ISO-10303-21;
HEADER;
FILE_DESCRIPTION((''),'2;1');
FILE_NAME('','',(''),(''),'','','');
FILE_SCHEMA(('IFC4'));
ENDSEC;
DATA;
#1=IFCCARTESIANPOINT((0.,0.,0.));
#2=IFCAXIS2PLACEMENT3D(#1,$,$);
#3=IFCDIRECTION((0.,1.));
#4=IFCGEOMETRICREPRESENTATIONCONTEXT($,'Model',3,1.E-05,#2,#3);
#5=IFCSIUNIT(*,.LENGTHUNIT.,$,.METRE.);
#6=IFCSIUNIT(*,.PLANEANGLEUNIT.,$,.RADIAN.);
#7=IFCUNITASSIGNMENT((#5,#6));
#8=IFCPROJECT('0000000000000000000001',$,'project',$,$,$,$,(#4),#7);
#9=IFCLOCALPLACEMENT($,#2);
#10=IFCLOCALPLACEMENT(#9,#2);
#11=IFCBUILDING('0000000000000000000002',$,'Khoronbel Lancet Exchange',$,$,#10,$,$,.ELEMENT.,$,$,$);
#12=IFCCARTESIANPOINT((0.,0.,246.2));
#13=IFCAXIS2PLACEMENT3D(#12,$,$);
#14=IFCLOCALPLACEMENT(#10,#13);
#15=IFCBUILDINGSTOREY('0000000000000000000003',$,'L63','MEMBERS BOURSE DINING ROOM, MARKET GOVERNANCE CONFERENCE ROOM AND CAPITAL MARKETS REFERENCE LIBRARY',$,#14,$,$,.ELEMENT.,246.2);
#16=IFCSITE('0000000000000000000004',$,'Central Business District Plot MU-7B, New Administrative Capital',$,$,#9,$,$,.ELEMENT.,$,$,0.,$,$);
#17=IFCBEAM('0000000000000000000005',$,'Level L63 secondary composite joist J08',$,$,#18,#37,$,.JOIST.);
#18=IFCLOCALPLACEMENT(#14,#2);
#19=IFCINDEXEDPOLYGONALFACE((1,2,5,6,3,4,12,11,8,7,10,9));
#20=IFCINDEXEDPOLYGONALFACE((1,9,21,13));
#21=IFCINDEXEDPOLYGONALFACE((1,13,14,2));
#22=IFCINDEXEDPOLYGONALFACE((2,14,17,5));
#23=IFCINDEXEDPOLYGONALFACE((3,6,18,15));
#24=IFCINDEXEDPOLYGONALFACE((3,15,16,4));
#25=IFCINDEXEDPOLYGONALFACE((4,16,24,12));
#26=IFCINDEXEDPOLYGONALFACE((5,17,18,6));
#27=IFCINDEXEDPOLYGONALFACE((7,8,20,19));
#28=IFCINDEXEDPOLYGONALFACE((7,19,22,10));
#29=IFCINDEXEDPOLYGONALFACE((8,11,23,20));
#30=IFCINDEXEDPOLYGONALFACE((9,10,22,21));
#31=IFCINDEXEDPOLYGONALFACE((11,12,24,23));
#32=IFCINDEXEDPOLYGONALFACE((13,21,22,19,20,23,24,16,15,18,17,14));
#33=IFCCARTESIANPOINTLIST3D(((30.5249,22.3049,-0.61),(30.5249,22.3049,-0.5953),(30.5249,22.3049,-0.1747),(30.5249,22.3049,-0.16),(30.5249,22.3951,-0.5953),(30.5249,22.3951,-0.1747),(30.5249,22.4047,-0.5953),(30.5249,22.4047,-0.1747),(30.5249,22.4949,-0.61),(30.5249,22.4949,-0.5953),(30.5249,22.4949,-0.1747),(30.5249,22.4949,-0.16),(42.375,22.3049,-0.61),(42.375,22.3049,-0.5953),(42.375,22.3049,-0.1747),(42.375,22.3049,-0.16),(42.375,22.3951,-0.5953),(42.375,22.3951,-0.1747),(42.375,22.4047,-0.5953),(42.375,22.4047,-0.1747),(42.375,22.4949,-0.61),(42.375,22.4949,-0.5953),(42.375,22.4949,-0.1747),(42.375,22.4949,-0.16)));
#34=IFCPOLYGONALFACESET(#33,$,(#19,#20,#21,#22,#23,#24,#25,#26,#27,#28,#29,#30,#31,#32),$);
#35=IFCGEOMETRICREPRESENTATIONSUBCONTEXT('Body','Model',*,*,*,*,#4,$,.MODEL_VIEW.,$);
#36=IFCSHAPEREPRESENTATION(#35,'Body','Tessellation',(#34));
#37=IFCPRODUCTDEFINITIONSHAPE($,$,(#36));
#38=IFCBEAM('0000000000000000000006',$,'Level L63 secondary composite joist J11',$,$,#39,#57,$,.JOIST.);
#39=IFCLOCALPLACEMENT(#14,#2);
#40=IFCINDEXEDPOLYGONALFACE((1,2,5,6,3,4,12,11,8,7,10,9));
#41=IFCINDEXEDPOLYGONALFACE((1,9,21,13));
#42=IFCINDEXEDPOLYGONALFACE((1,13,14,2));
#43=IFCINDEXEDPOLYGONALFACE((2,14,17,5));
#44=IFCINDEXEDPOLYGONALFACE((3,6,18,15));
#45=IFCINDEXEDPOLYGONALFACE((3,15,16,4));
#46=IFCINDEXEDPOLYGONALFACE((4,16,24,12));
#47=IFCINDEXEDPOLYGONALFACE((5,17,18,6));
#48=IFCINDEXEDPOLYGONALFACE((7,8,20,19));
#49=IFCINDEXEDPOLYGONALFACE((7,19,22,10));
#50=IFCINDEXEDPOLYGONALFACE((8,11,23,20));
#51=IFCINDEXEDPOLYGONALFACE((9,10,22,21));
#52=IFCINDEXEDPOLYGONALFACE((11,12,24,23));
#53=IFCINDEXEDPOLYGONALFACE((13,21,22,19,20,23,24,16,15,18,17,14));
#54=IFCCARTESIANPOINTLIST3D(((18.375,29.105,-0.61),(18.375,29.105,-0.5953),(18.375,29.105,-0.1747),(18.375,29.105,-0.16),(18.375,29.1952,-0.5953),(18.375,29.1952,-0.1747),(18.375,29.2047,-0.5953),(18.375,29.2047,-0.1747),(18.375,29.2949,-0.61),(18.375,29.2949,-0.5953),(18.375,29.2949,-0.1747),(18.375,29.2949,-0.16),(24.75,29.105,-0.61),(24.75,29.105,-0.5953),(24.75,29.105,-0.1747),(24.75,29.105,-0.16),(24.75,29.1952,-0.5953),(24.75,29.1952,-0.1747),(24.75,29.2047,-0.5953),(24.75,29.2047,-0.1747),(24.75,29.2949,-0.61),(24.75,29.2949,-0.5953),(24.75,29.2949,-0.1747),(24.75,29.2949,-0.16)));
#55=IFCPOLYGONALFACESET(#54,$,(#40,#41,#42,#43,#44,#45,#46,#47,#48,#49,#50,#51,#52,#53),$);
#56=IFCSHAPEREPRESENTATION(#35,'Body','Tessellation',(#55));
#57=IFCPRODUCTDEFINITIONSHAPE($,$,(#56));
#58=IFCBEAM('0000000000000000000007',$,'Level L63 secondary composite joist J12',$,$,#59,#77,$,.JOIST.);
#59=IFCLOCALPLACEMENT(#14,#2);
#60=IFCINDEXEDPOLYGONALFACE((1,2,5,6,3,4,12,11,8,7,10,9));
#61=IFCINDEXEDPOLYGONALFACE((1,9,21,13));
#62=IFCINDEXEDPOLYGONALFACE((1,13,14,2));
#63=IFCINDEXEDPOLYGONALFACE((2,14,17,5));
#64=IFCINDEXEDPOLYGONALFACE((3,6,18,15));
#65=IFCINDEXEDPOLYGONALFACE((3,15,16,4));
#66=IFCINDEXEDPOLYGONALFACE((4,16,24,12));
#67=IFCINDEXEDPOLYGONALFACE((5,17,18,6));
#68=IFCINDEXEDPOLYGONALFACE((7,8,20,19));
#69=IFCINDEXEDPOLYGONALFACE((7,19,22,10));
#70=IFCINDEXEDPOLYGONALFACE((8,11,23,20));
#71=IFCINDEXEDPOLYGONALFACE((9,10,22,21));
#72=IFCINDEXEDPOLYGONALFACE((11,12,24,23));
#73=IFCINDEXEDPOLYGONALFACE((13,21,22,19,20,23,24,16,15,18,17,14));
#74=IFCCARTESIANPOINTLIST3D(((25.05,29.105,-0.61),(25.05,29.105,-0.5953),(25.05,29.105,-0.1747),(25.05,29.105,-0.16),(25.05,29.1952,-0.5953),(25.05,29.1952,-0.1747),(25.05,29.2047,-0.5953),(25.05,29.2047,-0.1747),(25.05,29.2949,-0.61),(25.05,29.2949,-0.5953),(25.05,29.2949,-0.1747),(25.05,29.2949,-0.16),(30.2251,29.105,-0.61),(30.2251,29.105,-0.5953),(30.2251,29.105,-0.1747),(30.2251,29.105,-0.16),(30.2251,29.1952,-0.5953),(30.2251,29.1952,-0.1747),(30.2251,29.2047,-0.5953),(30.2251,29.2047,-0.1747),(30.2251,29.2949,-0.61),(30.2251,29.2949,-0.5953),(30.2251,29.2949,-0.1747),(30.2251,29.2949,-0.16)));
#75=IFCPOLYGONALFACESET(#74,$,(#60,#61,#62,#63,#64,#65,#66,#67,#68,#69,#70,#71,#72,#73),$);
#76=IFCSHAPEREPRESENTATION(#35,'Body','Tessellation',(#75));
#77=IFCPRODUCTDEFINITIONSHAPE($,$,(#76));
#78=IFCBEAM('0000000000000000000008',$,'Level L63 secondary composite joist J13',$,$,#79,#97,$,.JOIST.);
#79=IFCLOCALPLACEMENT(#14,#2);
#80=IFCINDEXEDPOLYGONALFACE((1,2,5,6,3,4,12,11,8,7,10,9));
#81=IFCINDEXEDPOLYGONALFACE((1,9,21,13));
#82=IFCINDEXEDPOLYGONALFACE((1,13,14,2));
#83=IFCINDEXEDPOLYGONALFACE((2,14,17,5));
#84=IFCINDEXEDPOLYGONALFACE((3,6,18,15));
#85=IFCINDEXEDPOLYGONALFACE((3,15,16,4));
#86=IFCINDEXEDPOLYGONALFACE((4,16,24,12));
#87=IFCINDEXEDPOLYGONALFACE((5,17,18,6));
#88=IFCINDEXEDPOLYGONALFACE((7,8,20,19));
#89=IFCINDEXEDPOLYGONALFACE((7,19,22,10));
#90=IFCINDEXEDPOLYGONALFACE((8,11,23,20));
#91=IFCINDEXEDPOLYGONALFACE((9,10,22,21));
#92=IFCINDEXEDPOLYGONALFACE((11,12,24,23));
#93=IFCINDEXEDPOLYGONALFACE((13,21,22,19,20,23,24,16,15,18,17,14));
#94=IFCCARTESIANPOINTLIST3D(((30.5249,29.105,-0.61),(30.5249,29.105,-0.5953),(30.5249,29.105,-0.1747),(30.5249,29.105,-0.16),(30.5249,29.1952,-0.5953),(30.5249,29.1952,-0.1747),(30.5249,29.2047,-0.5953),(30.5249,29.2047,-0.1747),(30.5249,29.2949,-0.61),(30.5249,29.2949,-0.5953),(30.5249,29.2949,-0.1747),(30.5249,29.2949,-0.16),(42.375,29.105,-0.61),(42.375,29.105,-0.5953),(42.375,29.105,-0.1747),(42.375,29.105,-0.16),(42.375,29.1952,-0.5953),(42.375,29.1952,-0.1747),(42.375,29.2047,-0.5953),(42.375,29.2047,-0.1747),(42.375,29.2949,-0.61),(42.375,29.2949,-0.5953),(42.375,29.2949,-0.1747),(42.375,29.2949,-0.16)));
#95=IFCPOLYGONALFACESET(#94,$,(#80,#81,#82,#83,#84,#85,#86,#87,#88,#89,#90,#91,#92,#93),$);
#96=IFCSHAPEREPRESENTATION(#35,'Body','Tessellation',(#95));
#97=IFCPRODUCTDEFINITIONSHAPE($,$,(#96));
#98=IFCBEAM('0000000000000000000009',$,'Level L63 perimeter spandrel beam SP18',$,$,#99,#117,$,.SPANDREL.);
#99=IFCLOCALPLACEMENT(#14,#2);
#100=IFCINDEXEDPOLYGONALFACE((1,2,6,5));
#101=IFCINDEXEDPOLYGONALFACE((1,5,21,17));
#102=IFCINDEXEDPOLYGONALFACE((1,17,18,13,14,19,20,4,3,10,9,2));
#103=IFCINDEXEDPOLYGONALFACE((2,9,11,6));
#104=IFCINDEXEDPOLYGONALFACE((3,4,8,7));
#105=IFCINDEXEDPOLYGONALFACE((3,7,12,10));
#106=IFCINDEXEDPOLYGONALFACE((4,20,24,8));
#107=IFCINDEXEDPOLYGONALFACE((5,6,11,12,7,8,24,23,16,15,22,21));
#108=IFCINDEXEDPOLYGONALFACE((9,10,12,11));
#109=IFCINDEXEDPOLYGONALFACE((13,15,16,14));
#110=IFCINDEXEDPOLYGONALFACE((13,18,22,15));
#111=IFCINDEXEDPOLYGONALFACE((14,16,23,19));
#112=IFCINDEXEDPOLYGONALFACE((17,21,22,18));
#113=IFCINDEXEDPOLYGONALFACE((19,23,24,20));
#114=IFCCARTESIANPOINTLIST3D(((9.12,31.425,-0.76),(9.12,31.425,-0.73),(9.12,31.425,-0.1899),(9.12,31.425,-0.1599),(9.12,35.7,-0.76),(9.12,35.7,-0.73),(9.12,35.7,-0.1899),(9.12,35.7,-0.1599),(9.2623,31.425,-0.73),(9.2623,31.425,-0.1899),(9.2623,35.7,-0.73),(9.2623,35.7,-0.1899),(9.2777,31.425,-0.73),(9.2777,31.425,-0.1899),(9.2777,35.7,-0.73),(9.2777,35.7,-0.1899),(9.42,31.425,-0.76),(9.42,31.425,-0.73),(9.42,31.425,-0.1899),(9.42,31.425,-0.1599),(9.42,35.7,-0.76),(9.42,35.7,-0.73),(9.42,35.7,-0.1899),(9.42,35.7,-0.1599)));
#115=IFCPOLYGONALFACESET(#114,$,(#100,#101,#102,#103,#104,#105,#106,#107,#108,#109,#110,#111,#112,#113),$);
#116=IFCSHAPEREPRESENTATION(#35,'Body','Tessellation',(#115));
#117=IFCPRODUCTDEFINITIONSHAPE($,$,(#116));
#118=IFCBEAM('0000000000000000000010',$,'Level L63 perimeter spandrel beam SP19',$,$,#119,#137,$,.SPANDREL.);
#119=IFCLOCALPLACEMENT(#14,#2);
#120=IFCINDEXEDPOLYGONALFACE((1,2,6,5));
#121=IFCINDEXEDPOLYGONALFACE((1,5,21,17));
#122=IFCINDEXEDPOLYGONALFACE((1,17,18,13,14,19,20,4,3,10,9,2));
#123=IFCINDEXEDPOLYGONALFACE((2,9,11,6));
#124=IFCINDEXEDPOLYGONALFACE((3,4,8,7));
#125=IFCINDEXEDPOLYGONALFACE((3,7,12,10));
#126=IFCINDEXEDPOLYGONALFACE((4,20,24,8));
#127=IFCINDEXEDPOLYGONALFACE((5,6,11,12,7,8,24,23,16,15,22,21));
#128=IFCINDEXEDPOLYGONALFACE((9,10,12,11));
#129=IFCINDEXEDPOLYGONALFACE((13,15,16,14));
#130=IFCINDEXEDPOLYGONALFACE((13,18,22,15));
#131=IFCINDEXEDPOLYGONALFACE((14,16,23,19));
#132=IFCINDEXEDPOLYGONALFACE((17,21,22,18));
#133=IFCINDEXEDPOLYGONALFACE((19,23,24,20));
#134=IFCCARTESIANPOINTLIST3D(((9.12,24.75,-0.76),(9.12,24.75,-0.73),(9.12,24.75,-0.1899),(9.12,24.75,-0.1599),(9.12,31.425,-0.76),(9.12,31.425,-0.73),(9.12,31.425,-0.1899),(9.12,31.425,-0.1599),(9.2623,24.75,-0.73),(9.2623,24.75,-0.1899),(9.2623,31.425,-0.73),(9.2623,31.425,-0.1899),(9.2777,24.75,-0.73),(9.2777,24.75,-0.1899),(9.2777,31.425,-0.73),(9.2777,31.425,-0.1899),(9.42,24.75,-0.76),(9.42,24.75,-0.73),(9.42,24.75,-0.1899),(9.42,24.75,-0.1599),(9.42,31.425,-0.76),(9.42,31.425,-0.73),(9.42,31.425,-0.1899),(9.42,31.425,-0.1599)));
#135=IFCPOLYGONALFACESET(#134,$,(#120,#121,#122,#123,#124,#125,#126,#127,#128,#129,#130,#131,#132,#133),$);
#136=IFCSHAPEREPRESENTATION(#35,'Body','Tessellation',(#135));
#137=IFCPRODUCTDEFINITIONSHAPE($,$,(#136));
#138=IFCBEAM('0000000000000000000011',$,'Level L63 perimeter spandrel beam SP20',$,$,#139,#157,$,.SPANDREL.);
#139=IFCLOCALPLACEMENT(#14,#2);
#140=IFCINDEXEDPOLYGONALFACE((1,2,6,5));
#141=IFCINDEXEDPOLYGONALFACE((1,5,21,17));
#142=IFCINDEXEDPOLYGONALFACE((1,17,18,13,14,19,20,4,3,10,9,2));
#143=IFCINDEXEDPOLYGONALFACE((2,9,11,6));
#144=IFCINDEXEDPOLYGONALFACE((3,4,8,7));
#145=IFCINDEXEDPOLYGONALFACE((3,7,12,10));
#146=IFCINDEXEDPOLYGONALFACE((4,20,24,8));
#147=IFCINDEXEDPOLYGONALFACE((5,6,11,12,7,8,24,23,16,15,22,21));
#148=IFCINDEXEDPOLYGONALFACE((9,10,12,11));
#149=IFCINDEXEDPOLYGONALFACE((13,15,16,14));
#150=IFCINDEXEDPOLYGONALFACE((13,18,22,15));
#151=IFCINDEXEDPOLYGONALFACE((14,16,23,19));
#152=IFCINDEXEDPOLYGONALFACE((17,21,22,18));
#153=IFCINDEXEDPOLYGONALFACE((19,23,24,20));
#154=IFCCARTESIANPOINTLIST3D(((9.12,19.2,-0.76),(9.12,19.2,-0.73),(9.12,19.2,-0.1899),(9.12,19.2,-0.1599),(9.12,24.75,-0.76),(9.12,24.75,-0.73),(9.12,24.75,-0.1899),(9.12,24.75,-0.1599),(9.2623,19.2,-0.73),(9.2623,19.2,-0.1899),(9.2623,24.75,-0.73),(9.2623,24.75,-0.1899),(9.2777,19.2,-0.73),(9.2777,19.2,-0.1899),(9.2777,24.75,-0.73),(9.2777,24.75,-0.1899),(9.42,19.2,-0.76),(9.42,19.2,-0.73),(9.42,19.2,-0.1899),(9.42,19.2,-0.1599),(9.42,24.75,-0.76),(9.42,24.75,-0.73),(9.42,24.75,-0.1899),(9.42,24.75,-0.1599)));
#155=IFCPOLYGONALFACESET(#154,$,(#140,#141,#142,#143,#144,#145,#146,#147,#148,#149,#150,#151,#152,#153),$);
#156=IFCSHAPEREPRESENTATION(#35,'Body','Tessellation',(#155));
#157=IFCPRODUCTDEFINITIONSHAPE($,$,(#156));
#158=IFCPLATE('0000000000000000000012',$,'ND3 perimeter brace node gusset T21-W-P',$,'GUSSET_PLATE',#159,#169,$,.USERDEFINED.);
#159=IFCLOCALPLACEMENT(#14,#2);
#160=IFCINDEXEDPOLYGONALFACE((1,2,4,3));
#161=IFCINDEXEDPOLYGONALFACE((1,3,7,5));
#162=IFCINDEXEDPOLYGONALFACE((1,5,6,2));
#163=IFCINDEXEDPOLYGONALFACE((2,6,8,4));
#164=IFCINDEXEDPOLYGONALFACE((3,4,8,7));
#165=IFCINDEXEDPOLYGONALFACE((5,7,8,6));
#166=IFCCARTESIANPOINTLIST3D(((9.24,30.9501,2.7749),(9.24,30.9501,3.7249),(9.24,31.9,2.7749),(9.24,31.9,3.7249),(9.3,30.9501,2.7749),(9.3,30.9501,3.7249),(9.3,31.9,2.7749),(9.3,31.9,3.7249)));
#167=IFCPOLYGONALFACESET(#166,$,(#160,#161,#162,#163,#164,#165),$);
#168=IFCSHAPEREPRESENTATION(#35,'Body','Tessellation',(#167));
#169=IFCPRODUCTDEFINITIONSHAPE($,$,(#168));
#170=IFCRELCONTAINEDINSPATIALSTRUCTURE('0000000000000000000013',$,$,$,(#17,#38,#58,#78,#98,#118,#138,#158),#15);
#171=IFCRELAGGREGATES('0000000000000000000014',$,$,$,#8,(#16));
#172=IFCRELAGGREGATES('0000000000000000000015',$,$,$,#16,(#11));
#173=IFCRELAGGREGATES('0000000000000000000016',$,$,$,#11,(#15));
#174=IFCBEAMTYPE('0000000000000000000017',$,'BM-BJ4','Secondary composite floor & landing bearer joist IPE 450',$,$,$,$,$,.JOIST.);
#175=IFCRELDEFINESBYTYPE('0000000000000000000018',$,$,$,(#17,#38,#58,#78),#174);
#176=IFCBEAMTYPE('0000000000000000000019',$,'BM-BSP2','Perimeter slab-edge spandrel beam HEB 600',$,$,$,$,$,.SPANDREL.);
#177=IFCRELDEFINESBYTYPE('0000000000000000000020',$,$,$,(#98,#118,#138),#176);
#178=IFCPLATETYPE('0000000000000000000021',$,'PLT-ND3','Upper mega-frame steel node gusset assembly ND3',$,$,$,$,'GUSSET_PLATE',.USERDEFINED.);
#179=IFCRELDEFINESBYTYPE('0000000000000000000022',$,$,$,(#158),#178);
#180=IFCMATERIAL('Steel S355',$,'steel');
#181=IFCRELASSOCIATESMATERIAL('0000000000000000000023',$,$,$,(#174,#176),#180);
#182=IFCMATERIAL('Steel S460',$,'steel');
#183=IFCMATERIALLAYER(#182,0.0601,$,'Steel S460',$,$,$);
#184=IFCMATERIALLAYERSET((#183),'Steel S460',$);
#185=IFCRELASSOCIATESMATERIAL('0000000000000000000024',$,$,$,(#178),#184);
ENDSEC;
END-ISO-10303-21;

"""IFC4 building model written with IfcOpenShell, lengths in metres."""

from ifc_helpers import new_model, si_unit, direction, frame, origin, origin_2d, place, context, subcontext, project, spatial, rectangle, i_section, extrude, material, layer, layer_set, material_profile, profile_set, type_object, element, save


model = new_model("IFC4")

# Units and contexts
model_context = context("Model", 3, precision=1e-05, world=origin(), true_north=direction((0.0, 1.0)))
body_context = subcontext(model_context, "Body", "Model", "MODEL_VIEW")
ifc_project = project(units=[si_unit("LENGTHUNIT", "METRE"), si_unit("PLANEANGLEUNIT", "RADIAN")], contexts=[model_context])

# Site, building, storey
site_placement = place(None, origin())
site = spatial("IfcSite", under=ifc_project, at=site_placement, Name="Central Business District Plot MU-7B, New Administrative Capital", CompositionType="ELEMENT", RefElevation=0.0)
building_placement = place(site_placement, origin())
building = spatial("IfcBuilding", under=site, at=building_placement, Name="Khoronbel Lancet Exchange", CompositionType="ELEMENT")
storey_placement = place(building_placement, frame((0.0, 0.0, 246.2)))
storey = spatial("IfcBuildingStorey", under=building, at=storey_placement, Name="L63", Description="MEMBERS BOURSE DINING ROOM, MARKET GOVERNANCE CONFERENCE ROOM AND CAPITAL MARKETS REFERENCE LIBRARY", CompositionType="ELEMENT", Elevation=246.2)

# Shared definitions
ifc_material_1 = material(Name="Steel S355", Category="steel")

# Beams
ifc_material_profile_1 = material_profile(ifc_material_1, i_section(OverallWidth=0.1899, OverallDepth=0.45, WebThickness=0.0095, FlangeThickness=0.0146, at=origin_2d()), Name="IPE 450")
ifc_profile_set_1 = profile_set([ifc_material_profile_1], Name="Steel S355")
beam_type_1 = type_object("IfcBeamType", Name="BM-BJ4", Description="Secondary composite floor & landing bearer joist IPE 450", PredefinedType="JOIST", material=ifc_profile_set_1)
beam_1_placement = place(storey_placement, frame((30.5249, 22.3999, -0.385), z_axis=(1.0, 0.0, 0.0), x_axis=(0.0, 1.0, 0.0)))
element("IfcBeam", 1, at=beam_1_placement, inside=storey, type_object=beam_type_1, Name="Level L63 secondary composite joist J08", PredefinedType="JOIST", context=body_context, shape_type="SweptSolid", body=[
    extrude(i_section(OverallWidth=0.1899, OverallDepth=0.45, WebThickness=0.0095, FlangeThickness=0.0146, at=origin_2d()), origin(), (0.0, 0.0, 1.0), 11.8501),
])
beam_2_placement = place(storey_placement, frame((18.375, 29.2, -0.385), z_axis=(1.0, 0.0, 0.0), x_axis=(0.0, 1.0, 0.0)))
element("IfcBeam", 2, at=beam_2_placement, inside=storey, type_object=beam_type_1, Name="Level L63 secondary composite joist J11", PredefinedType="JOIST", context=body_context, shape_type="SweptSolid", body=[
    extrude(i_section(OverallWidth=0.1899, OverallDepth=0.45, WebThickness=0.0095, FlangeThickness=0.0146, at=origin_2d()), origin(), (0.0, 0.0, 1.0), 6.375),
])
beam_3_placement = place(storey_placement, frame((25.05, 29.2, -0.385), z_axis=(1.0, 0.0, 0.0), x_axis=(0.0, 1.0, 0.0)))
element("IfcBeam", 3, at=beam_3_placement, inside=storey, type_object=beam_type_1, Name="Level L63 secondary composite joist J12", PredefinedType="JOIST", context=body_context, shape_type="SweptSolid", body=[
    extrude(i_section(OverallWidth=0.1899, OverallDepth=0.45, WebThickness=0.0095, FlangeThickness=0.0146, at=origin_2d()), origin(), (0.0, 0.0, 1.0), 5.175),
])
beam_4_placement = place(storey_placement, frame((30.5249, 29.2, -0.385), z_axis=(1.0, 0.0, 0.0), x_axis=(0.0, 1.0, 0.0)))
element("IfcBeam", 4, at=beam_4_placement, inside=storey, type_object=beam_type_1, Name="Level L63 secondary composite joist J13", PredefinedType="JOIST", context=body_context, shape_type="SweptSolid", body=[
    extrude(i_section(OverallWidth=0.1899, OverallDepth=0.45, WebThickness=0.0095, FlangeThickness=0.0146, at=origin_2d()), origin(), (0.0, 0.0, 1.0), 11.8501),
])
ifc_material_profile_2 = material_profile(ifc_material_1, i_section(OverallWidth=0.3, OverallDepth=0.6001, WebThickness=0.0154, FlangeThickness=0.03, at=origin_2d()), Name="HEB 600")
ifc_profile_set_2 = profile_set([ifc_material_profile_2], Name="Steel S355")
beam_type_2 = type_object("IfcBeamType", Name="BM-BSP2", Description="Perimeter slab-edge spandrel beam HEB 600", PredefinedType="SPANDREL", material=ifc_profile_set_2)
beam_5_placement = place(storey_placement, frame((9.27, 35.7, -0.46), z_axis=(0.0, -1.0, 0.0), x_axis=(1.0, 0.0, 0.0)))
element("IfcBeam", 5, at=beam_5_placement, inside=storey, type_object=beam_type_2, Name="Level L63 perimeter spandrel beam SP18", PredefinedType="SPANDREL", context=body_context, shape_type="SweptSolid", body=[
    extrude(i_section(OverallWidth=0.3, OverallDepth=0.6001, WebThickness=0.0154, FlangeThickness=0.03, at=origin_2d()), origin(), (0.0, 0.0, 1.0), 4.2749),
])
beam_6_placement = place(storey_placement, frame((9.27, 31.425, -0.46), z_axis=(0.0, -1.0, 0.0), x_axis=(1.0, 0.0, 0.0)))
element("IfcBeam", 6, at=beam_6_placement, inside=storey, type_object=beam_type_2, Name="Level L63 perimeter spandrel beam SP19", PredefinedType="SPANDREL", context=body_context, shape_type="SweptSolid", body=[
    extrude(i_section(OverallWidth=0.3, OverallDepth=0.6001, WebThickness=0.0154, FlangeThickness=0.03, at=origin_2d()), origin(), (0.0, 0.0, 1.0), 6.675),
])
beam_7_placement = place(storey_placement, frame((9.27, 24.75, -0.46), z_axis=(0.0, -1.0, 0.0), x_axis=(1.0, 0.0, 0.0)))
element("IfcBeam", 7, at=beam_7_placement, inside=storey, type_object=beam_type_2, Name="Level L63 perimeter spandrel beam SP20", PredefinedType="SPANDREL", context=body_context, shape_type="SweptSolid", body=[
    extrude(i_section(OverallWidth=0.3, OverallDepth=0.6001, WebThickness=0.0154, FlangeThickness=0.03, at=origin_2d()), origin(), (0.0, 0.0, 1.0), 5.55),
])

# Plate
ifc_material_2 = material(Name="Steel S460", Category="steel")
ifc_layer_1 = layer(ifc_material_2, 0.0601, Name="Steel S460")
ifc_layer_set_1 = layer_set([ifc_layer_1], Name="Steel S460")
plate_type = type_object("IfcPlateType", Name="PLT-ND3", Description="Upper mega-frame steel node gusset assembly ND3", ElementType="GUSSET_PLATE", PredefinedType="USERDEFINED", material=ifc_layer_set_1)
plate_placement = place(storey_placement, frame((9.27, 31.425, 2.7749), z_axis=(0.0, 0.0, 1.0), x_axis=(0.0, 1.0, 0.0)))
element("IfcPlate", 8, at=plate_placement, inside=storey, type_object=plate_type, Name="ND3 perimeter brace node gusset T21-W-P", ObjectType="GUSSET_PLATE", PredefinedType="USERDEFINED", context=body_context, shape_type="SweptSolid", body=[
    extrude(rectangle(XDim=0.95, YDim=0.0601, at=origin_2d()), origin(), (0.0, 0.0, 1.0), 0.95),
])

save(model, "model.ifc")
